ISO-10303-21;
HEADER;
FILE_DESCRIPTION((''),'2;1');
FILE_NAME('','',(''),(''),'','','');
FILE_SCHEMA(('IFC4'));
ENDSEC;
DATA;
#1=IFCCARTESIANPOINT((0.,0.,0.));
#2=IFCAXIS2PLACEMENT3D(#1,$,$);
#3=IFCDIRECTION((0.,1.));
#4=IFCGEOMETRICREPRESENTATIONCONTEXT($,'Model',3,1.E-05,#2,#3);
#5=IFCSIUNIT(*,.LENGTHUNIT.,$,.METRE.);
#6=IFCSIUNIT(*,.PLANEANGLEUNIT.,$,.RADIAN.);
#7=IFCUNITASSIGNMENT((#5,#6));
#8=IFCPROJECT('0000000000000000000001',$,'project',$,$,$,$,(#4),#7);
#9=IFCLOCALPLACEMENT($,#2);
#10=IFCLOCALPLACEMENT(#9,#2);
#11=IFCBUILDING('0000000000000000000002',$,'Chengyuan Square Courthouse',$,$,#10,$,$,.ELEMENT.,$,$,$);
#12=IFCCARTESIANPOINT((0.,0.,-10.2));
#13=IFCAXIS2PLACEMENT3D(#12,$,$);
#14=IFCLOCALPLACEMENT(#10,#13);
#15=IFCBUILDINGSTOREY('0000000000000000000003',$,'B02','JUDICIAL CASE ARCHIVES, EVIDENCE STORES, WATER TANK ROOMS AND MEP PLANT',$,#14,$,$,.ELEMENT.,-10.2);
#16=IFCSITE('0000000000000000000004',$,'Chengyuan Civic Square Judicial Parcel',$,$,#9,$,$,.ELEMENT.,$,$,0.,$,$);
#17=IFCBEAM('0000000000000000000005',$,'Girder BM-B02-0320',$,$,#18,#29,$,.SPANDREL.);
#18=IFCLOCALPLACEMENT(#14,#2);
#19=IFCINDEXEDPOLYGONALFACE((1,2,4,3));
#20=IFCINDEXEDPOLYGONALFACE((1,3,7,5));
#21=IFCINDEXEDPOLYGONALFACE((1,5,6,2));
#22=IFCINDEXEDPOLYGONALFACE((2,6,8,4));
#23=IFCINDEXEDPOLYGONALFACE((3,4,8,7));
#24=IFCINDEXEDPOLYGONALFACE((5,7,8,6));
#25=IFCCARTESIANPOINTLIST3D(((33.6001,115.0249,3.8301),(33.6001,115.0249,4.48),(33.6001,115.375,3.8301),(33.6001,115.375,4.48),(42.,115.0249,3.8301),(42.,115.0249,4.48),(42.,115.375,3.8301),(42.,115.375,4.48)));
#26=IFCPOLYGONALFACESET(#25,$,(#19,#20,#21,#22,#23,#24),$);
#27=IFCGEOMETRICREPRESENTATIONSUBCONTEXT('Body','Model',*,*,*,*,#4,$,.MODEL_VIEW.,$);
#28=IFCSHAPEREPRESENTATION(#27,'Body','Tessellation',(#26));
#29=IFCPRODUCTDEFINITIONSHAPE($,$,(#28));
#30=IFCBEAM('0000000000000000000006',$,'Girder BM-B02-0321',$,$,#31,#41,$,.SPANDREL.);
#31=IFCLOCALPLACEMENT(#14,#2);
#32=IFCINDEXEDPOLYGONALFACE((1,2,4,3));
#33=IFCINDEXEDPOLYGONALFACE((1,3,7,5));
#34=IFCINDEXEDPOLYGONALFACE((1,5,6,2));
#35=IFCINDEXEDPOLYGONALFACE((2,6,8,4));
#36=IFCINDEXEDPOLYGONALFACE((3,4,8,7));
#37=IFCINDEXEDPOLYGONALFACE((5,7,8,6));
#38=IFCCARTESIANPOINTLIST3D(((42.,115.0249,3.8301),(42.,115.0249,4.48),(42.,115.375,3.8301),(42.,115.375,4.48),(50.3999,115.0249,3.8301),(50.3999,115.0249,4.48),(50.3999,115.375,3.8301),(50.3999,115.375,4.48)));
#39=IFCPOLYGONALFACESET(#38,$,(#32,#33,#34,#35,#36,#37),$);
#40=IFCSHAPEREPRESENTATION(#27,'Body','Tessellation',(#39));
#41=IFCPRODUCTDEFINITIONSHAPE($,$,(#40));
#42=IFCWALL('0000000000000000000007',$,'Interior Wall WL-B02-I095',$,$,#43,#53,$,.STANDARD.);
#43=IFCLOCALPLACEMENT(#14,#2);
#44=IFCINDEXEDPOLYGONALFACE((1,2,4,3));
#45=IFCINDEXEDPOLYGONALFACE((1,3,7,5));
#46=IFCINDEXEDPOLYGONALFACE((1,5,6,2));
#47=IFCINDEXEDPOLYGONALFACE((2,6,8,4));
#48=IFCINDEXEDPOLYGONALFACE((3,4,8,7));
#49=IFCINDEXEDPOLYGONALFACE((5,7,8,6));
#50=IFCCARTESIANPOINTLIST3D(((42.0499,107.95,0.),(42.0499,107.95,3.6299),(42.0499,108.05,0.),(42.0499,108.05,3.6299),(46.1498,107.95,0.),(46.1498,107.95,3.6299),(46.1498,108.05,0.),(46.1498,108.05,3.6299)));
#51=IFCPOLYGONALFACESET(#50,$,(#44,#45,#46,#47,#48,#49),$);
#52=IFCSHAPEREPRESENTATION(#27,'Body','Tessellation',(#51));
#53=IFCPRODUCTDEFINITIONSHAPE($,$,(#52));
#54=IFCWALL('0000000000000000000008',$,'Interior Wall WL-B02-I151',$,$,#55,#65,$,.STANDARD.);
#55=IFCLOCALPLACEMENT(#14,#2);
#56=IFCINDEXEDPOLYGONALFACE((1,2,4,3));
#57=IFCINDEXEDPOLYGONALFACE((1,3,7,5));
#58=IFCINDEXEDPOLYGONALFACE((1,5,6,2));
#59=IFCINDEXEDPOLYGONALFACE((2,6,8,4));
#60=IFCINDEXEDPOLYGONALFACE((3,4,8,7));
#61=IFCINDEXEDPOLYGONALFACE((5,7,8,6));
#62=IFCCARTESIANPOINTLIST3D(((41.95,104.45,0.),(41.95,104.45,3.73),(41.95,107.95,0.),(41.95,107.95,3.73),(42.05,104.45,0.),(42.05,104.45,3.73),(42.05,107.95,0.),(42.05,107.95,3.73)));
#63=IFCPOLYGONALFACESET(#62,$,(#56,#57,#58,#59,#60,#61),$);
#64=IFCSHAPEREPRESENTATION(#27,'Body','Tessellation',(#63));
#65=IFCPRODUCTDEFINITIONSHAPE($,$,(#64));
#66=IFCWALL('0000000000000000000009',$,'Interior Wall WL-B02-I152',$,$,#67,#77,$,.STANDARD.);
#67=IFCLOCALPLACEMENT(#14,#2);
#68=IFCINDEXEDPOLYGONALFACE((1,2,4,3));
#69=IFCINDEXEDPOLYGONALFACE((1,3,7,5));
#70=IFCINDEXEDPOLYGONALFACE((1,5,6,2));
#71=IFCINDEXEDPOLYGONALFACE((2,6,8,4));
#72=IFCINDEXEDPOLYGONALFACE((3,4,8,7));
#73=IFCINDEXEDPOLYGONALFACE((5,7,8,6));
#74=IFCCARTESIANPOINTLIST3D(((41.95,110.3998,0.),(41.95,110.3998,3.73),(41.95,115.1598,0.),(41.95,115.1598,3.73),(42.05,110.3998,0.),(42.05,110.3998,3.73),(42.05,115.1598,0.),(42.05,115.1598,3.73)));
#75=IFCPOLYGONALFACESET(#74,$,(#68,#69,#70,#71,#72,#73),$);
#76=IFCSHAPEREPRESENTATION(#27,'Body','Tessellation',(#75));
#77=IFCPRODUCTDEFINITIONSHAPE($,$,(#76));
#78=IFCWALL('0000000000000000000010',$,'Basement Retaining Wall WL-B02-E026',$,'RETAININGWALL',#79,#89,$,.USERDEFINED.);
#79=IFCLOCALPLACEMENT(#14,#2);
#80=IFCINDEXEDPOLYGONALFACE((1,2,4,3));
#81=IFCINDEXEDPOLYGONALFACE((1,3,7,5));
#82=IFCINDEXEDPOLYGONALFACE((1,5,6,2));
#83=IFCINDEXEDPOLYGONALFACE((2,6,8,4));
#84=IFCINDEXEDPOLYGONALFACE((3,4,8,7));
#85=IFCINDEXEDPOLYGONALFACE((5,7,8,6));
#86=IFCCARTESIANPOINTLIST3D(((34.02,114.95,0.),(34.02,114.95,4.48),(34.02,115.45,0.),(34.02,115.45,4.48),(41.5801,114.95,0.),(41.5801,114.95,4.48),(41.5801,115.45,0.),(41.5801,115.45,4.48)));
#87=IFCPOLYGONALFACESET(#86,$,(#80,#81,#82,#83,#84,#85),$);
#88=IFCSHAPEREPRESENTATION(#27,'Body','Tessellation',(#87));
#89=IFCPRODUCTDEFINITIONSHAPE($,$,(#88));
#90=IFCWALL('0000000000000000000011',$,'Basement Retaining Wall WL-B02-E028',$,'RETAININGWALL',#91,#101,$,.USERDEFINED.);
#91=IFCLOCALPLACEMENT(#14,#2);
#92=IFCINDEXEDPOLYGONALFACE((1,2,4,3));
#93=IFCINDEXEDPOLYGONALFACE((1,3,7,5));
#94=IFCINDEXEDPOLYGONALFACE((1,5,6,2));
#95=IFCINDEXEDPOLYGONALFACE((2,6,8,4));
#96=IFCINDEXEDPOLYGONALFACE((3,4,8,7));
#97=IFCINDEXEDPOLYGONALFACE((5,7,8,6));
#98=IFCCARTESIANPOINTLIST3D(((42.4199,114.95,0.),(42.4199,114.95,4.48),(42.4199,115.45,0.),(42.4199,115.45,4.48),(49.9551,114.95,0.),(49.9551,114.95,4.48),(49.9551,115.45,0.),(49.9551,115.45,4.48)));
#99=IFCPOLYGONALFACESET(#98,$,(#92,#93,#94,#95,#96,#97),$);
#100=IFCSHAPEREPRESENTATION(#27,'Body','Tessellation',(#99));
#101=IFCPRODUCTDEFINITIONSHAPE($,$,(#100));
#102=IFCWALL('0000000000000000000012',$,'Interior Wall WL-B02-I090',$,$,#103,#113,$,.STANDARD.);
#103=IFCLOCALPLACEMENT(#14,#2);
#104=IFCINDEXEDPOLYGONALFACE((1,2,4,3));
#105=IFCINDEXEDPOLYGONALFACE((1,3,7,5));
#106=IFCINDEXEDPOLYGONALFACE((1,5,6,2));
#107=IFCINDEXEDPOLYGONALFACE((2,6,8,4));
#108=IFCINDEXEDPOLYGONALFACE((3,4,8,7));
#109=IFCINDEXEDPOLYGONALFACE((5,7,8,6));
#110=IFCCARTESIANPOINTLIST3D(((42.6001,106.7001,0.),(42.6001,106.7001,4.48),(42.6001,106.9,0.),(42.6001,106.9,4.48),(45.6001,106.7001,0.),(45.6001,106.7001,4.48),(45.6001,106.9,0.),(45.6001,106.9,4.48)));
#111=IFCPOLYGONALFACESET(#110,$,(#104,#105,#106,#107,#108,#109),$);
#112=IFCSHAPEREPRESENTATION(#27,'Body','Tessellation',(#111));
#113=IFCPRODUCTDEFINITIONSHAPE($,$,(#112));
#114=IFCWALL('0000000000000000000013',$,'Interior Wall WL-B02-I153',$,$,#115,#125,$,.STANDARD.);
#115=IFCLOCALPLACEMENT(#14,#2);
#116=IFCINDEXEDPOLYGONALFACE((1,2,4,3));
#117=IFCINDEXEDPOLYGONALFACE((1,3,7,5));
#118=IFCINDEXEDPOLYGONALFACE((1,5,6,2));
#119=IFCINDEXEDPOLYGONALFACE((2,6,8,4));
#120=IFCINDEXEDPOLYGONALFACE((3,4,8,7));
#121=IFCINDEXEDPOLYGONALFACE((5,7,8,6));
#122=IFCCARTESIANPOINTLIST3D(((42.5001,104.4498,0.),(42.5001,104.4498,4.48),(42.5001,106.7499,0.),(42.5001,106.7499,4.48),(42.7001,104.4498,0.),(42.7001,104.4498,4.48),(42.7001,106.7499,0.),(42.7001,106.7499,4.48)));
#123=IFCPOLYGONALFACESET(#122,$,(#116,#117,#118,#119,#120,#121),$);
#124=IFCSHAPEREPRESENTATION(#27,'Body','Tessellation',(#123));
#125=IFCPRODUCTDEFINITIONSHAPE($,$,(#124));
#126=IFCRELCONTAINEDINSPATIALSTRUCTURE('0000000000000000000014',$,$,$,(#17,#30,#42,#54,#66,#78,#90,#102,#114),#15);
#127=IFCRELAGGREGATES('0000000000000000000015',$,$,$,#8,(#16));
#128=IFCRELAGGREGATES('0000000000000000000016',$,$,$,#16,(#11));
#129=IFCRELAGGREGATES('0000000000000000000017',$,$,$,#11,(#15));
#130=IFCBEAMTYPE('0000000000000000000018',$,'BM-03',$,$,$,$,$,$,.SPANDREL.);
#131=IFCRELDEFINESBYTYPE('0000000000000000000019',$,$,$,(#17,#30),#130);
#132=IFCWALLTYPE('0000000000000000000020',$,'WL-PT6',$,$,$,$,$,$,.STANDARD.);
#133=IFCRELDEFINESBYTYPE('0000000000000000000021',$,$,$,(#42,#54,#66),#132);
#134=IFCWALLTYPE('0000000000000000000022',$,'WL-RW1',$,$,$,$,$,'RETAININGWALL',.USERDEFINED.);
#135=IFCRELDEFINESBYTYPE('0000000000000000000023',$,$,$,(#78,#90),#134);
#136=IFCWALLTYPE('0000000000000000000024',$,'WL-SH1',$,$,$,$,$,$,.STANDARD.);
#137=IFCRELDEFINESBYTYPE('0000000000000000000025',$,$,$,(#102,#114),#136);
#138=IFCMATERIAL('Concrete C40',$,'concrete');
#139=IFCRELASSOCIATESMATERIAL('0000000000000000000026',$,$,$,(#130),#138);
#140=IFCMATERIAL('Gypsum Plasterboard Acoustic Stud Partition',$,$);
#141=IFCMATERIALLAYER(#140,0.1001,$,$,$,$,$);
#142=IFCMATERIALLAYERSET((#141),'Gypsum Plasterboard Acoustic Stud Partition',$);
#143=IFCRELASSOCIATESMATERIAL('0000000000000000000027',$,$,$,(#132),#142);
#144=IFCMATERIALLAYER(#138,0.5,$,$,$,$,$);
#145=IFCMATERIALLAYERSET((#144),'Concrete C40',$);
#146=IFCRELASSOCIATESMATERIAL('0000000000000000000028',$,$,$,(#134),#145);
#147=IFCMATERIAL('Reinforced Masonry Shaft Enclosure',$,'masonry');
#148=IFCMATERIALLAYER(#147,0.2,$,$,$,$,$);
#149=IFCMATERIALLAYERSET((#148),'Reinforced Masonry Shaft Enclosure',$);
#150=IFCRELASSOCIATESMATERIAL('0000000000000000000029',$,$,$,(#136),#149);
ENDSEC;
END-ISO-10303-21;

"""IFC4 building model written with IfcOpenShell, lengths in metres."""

from ifc_helpers import new_model, si_unit, direction, frame, frame_2d, origin, origin_2d, place, context, subcontext, project, spatial, rectangle, extrude, material, layer, layer_set, material_profile, profile_set, type_object, element, save


model = new_model("IFC4")

# Units and contexts
model_context = context("Model", 3, precision=1e-05, world=origin(), true_north=direction((0.0, 1.0)))
body_context = subcontext(model_context, "Body", "Model", "MODEL_VIEW")
ifc_project = project(units=[si_unit("LENGTHUNIT", "METRE"), si_unit("PLANEANGLEUNIT", "RADIAN")], contexts=[model_context])

# Site, building, storey
site_placement = place(None, origin())
site = spatial("IfcSite", under=ifc_project, at=site_placement, Name="Chengyuan Civic Square Judicial Parcel", CompositionType="ELEMENT", RefElevation=0.0)
building_placement = place(site_placement, origin())
building = spatial("IfcBuilding", under=site, at=building_placement, Name="Chengyuan Square Courthouse", CompositionType="ELEMENT")
storey_placement = place(building_placement, frame((0.0, 0.0, -10.2)))
storey = spatial("IfcBuildingStorey", under=building, at=storey_placement, Name="B02", Description="JUDICIAL CASE ARCHIVES, EVIDENCE STORES, WATER TANK ROOMS AND MEP PLANT", CompositionType="ELEMENT", Elevation=-10.2)

# Shared definitions
ifc_material_1 = material(Name="Concrete C40", Category="concrete")

# Beams
ifc_material_profile_1 = material_profile(ifc_material_1, rectangle(XDim=0.3501, YDim=0.6499, at=origin_2d()), Name="RC-BM-350x650")
ifc_profile_set_1 = profile_set([ifc_material_profile_1], Name="Concrete C40")
beam_type_1 = type_object("IfcBeamType", Name="BM-03", PredefinedType="SPANDREL", material=ifc_profile_set_1)
for number, where, z_axis, x_axis, name in (
    (1, (33.6001, 115.2, 4.155), (1.0, 0.0, 0.0), (0.0, 1.0, 0.0), "Girder BM-B02-0320"),
    (2, (42.0, 115.2, 4.155), (1.0, 0.0, 0.0), (0.0, 1.0, 0.0), "Girder BM-B02-0321"),
):
    element("IfcBeam", number, at=place(storey_placement, frame(where, z_axis=z_axis, x_axis=x_axis)), inside=storey, type_object=beam_type_1, Name=name, PredefinedType="SPANDREL", context=body_context, shape_type="SweptSolid", body=[
        extrude(rectangle(XDim=0.3501, YDim=0.6499, at=origin_2d()), origin(), (0.0, 0.0, 1.0), 8.3999),
    ])

# Walls
ifc_material_2 = material(Name="Gypsum Plasterboard Acoustic Stud Partition")
ifc_layer_1 = layer(ifc_material_2, 0.1001)
ifc_layer_set_1 = layer_set([ifc_layer_1], Name="Gypsum Plasterboard Acoustic Stud Partition")
wall_type_1 = type_object("IfcWallType", Name="WL-PT6", PredefinedType="STANDARD", material=ifc_layer_set_1)
wall_1_placement = place(storey_placement, frame((42.05, 108.0, 0.0), z_axis=(0.0, 0.0, 1.0), x_axis=(1.0, 0.0, 0.0)))
element("IfcWall", 3, at=wall_1_placement, inside=storey, type_object=wall_type_1, Name="Interior Wall WL-B02-I095", PredefinedType="STANDARD", context=body_context, shape_type="SweptSolid", body=[
    extrude(rectangle(XDim=4.0999, YDim=0.1001, at=frame_2d((2.0498, 0.0))), origin(), (0.0, 0.0, 1.0), 3.6299),
])
wall_2_placement = place(storey_placement, frame((42.0, 104.45, 0.0), z_axis=(0.0, 0.0, 1.0), x_axis=(0.0, 1.0, 0.0)))
element("IfcWall", 4, at=wall_2_placement, inside=storey, type_object=wall_type_1, Name="Interior Wall WL-B02-I151", PredefinedType="STANDARD", context=body_context, shape_type="SweptSolid", body=[
    extrude(rectangle(XDim=3.5, YDim=0.1001, at=frame_2d((1.75, 0.0))), origin(), (0.0, 0.0, 1.0), 3.73),
])
wall_3_placement = place(storey_placement, frame((42.0, 110.3999, 0.0), z_axis=(0.0, 0.0, 1.0), x_axis=(0.0, 1.0, 0.0)))
element("IfcWall", 5, at=wall_3_placement, inside=storey, type_object=wall_type_1, Name="Interior Wall WL-B02-I152", PredefinedType="STANDARD", context=body_context, shape_type="SweptSolid", body=[
    extrude(rectangle(XDim=4.76, YDim=0.1001, at=frame_2d((2.3799, 0.0))), origin(), (0.0, 0.0, 1.0), 3.73),
])
ifc_layer_2 = layer(ifc_material_1, 0.5)
ifc_layer_set_2 = layer_set([ifc_layer_2], Name="Concrete C40")
wall_type_2 = type_object("IfcWallType", Name="WL-RW1", ElementType="RETAININGWALL", PredefinedType="USERDEFINED", material=ifc_layer_set_2)
wall_4_placement = place(storey_placement, frame((34.02, 115.2, 0.0), z_axis=(0.0, 0.0, 1.0), x_axis=(1.0, 0.0, 0.0)))
element("IfcWall", 6, at=wall_4_placement, inside=storey, type_object=wall_type_2, Name="Basement Retaining Wall WL-B02-E026", ObjectType="RETAININGWALL", PredefinedType="USERDEFINED", context=body_context, shape_type="SweptSolid", body=[
    extrude(rectangle(XDim=7.5601, YDim=0.5, at=frame_2d((3.78, 0.0))), origin(), (0.0, 0.0, 1.0), 4.48),
])
wall_5_placement = place(storey_placement, frame((42.4199, 115.2, 0.0), z_axis=(0.0, 0.0, 1.0), x_axis=(1.0, 0.0, 0.0)))
element("IfcWall", 7, at=wall_5_placement, inside=storey, type_object=wall_type_2, Name="Basement Retaining Wall WL-B02-E028", ObjectType="RETAININGWALL", PredefinedType="USERDEFINED", context=body_context, shape_type="SweptSolid", body=[
    extrude(rectangle(XDim=7.5352, YDim=0.5, at=frame_2d((3.7676, 0.0))), origin(), (0.0, 0.0, 1.0), 4.48),
])

# Shared definitions
ifc_material_3 = material(Name="Reinforced Masonry Shaft Enclosure", Category="masonry")
ifc_layer_3 = layer(ifc_material_3, 0.2)
ifc_layer_set_3 = layer_set([ifc_layer_3], Name="Reinforced Masonry Shaft Enclosure")
wall_type_3 = type_object("IfcWallType", Name="WL-SH1", PredefinedType="STANDARD", material=ifc_layer_set_3)

# Walls
wall_6_placement = place(storey_placement, frame((42.6001, 106.8, 0.0), z_axis=(0.0, 0.0, 1.0), x_axis=(1.0, 0.0, 0.0)))
element("IfcWall", 8, at=wall_6_placement, inside=storey, type_object=wall_type_3, Name="Interior Wall WL-B02-I090", PredefinedType="STANDARD", context=body_context, shape_type="SweptSolid", body=[
    extrude(rectangle(XDim=3.0, YDim=0.2, at=frame_2d((1.5, 0.0))), origin(), (0.0, 0.0, 1.0), 4.48),
])
wall_7_placement = place(storey_placement, frame((42.6001, 104.45, 0.0), z_axis=(0.0, 0.0, 1.0), x_axis=(0.0, 1.0, 0.0)))
element("IfcWall", 9, at=wall_7_placement, inside=storey, type_object=wall_type_3, Name="Interior Wall WL-B02-I153", PredefinedType="STANDARD", context=body_context, shape_type="SweptSolid", body=[
    extrude(rectangle(XDim=2.3, YDim=0.2, at=frame_2d((1.1499, 0.0))), origin(), (0.0, 0.0, 1.0), 4.48),
])

save(model, "model.ifc")
